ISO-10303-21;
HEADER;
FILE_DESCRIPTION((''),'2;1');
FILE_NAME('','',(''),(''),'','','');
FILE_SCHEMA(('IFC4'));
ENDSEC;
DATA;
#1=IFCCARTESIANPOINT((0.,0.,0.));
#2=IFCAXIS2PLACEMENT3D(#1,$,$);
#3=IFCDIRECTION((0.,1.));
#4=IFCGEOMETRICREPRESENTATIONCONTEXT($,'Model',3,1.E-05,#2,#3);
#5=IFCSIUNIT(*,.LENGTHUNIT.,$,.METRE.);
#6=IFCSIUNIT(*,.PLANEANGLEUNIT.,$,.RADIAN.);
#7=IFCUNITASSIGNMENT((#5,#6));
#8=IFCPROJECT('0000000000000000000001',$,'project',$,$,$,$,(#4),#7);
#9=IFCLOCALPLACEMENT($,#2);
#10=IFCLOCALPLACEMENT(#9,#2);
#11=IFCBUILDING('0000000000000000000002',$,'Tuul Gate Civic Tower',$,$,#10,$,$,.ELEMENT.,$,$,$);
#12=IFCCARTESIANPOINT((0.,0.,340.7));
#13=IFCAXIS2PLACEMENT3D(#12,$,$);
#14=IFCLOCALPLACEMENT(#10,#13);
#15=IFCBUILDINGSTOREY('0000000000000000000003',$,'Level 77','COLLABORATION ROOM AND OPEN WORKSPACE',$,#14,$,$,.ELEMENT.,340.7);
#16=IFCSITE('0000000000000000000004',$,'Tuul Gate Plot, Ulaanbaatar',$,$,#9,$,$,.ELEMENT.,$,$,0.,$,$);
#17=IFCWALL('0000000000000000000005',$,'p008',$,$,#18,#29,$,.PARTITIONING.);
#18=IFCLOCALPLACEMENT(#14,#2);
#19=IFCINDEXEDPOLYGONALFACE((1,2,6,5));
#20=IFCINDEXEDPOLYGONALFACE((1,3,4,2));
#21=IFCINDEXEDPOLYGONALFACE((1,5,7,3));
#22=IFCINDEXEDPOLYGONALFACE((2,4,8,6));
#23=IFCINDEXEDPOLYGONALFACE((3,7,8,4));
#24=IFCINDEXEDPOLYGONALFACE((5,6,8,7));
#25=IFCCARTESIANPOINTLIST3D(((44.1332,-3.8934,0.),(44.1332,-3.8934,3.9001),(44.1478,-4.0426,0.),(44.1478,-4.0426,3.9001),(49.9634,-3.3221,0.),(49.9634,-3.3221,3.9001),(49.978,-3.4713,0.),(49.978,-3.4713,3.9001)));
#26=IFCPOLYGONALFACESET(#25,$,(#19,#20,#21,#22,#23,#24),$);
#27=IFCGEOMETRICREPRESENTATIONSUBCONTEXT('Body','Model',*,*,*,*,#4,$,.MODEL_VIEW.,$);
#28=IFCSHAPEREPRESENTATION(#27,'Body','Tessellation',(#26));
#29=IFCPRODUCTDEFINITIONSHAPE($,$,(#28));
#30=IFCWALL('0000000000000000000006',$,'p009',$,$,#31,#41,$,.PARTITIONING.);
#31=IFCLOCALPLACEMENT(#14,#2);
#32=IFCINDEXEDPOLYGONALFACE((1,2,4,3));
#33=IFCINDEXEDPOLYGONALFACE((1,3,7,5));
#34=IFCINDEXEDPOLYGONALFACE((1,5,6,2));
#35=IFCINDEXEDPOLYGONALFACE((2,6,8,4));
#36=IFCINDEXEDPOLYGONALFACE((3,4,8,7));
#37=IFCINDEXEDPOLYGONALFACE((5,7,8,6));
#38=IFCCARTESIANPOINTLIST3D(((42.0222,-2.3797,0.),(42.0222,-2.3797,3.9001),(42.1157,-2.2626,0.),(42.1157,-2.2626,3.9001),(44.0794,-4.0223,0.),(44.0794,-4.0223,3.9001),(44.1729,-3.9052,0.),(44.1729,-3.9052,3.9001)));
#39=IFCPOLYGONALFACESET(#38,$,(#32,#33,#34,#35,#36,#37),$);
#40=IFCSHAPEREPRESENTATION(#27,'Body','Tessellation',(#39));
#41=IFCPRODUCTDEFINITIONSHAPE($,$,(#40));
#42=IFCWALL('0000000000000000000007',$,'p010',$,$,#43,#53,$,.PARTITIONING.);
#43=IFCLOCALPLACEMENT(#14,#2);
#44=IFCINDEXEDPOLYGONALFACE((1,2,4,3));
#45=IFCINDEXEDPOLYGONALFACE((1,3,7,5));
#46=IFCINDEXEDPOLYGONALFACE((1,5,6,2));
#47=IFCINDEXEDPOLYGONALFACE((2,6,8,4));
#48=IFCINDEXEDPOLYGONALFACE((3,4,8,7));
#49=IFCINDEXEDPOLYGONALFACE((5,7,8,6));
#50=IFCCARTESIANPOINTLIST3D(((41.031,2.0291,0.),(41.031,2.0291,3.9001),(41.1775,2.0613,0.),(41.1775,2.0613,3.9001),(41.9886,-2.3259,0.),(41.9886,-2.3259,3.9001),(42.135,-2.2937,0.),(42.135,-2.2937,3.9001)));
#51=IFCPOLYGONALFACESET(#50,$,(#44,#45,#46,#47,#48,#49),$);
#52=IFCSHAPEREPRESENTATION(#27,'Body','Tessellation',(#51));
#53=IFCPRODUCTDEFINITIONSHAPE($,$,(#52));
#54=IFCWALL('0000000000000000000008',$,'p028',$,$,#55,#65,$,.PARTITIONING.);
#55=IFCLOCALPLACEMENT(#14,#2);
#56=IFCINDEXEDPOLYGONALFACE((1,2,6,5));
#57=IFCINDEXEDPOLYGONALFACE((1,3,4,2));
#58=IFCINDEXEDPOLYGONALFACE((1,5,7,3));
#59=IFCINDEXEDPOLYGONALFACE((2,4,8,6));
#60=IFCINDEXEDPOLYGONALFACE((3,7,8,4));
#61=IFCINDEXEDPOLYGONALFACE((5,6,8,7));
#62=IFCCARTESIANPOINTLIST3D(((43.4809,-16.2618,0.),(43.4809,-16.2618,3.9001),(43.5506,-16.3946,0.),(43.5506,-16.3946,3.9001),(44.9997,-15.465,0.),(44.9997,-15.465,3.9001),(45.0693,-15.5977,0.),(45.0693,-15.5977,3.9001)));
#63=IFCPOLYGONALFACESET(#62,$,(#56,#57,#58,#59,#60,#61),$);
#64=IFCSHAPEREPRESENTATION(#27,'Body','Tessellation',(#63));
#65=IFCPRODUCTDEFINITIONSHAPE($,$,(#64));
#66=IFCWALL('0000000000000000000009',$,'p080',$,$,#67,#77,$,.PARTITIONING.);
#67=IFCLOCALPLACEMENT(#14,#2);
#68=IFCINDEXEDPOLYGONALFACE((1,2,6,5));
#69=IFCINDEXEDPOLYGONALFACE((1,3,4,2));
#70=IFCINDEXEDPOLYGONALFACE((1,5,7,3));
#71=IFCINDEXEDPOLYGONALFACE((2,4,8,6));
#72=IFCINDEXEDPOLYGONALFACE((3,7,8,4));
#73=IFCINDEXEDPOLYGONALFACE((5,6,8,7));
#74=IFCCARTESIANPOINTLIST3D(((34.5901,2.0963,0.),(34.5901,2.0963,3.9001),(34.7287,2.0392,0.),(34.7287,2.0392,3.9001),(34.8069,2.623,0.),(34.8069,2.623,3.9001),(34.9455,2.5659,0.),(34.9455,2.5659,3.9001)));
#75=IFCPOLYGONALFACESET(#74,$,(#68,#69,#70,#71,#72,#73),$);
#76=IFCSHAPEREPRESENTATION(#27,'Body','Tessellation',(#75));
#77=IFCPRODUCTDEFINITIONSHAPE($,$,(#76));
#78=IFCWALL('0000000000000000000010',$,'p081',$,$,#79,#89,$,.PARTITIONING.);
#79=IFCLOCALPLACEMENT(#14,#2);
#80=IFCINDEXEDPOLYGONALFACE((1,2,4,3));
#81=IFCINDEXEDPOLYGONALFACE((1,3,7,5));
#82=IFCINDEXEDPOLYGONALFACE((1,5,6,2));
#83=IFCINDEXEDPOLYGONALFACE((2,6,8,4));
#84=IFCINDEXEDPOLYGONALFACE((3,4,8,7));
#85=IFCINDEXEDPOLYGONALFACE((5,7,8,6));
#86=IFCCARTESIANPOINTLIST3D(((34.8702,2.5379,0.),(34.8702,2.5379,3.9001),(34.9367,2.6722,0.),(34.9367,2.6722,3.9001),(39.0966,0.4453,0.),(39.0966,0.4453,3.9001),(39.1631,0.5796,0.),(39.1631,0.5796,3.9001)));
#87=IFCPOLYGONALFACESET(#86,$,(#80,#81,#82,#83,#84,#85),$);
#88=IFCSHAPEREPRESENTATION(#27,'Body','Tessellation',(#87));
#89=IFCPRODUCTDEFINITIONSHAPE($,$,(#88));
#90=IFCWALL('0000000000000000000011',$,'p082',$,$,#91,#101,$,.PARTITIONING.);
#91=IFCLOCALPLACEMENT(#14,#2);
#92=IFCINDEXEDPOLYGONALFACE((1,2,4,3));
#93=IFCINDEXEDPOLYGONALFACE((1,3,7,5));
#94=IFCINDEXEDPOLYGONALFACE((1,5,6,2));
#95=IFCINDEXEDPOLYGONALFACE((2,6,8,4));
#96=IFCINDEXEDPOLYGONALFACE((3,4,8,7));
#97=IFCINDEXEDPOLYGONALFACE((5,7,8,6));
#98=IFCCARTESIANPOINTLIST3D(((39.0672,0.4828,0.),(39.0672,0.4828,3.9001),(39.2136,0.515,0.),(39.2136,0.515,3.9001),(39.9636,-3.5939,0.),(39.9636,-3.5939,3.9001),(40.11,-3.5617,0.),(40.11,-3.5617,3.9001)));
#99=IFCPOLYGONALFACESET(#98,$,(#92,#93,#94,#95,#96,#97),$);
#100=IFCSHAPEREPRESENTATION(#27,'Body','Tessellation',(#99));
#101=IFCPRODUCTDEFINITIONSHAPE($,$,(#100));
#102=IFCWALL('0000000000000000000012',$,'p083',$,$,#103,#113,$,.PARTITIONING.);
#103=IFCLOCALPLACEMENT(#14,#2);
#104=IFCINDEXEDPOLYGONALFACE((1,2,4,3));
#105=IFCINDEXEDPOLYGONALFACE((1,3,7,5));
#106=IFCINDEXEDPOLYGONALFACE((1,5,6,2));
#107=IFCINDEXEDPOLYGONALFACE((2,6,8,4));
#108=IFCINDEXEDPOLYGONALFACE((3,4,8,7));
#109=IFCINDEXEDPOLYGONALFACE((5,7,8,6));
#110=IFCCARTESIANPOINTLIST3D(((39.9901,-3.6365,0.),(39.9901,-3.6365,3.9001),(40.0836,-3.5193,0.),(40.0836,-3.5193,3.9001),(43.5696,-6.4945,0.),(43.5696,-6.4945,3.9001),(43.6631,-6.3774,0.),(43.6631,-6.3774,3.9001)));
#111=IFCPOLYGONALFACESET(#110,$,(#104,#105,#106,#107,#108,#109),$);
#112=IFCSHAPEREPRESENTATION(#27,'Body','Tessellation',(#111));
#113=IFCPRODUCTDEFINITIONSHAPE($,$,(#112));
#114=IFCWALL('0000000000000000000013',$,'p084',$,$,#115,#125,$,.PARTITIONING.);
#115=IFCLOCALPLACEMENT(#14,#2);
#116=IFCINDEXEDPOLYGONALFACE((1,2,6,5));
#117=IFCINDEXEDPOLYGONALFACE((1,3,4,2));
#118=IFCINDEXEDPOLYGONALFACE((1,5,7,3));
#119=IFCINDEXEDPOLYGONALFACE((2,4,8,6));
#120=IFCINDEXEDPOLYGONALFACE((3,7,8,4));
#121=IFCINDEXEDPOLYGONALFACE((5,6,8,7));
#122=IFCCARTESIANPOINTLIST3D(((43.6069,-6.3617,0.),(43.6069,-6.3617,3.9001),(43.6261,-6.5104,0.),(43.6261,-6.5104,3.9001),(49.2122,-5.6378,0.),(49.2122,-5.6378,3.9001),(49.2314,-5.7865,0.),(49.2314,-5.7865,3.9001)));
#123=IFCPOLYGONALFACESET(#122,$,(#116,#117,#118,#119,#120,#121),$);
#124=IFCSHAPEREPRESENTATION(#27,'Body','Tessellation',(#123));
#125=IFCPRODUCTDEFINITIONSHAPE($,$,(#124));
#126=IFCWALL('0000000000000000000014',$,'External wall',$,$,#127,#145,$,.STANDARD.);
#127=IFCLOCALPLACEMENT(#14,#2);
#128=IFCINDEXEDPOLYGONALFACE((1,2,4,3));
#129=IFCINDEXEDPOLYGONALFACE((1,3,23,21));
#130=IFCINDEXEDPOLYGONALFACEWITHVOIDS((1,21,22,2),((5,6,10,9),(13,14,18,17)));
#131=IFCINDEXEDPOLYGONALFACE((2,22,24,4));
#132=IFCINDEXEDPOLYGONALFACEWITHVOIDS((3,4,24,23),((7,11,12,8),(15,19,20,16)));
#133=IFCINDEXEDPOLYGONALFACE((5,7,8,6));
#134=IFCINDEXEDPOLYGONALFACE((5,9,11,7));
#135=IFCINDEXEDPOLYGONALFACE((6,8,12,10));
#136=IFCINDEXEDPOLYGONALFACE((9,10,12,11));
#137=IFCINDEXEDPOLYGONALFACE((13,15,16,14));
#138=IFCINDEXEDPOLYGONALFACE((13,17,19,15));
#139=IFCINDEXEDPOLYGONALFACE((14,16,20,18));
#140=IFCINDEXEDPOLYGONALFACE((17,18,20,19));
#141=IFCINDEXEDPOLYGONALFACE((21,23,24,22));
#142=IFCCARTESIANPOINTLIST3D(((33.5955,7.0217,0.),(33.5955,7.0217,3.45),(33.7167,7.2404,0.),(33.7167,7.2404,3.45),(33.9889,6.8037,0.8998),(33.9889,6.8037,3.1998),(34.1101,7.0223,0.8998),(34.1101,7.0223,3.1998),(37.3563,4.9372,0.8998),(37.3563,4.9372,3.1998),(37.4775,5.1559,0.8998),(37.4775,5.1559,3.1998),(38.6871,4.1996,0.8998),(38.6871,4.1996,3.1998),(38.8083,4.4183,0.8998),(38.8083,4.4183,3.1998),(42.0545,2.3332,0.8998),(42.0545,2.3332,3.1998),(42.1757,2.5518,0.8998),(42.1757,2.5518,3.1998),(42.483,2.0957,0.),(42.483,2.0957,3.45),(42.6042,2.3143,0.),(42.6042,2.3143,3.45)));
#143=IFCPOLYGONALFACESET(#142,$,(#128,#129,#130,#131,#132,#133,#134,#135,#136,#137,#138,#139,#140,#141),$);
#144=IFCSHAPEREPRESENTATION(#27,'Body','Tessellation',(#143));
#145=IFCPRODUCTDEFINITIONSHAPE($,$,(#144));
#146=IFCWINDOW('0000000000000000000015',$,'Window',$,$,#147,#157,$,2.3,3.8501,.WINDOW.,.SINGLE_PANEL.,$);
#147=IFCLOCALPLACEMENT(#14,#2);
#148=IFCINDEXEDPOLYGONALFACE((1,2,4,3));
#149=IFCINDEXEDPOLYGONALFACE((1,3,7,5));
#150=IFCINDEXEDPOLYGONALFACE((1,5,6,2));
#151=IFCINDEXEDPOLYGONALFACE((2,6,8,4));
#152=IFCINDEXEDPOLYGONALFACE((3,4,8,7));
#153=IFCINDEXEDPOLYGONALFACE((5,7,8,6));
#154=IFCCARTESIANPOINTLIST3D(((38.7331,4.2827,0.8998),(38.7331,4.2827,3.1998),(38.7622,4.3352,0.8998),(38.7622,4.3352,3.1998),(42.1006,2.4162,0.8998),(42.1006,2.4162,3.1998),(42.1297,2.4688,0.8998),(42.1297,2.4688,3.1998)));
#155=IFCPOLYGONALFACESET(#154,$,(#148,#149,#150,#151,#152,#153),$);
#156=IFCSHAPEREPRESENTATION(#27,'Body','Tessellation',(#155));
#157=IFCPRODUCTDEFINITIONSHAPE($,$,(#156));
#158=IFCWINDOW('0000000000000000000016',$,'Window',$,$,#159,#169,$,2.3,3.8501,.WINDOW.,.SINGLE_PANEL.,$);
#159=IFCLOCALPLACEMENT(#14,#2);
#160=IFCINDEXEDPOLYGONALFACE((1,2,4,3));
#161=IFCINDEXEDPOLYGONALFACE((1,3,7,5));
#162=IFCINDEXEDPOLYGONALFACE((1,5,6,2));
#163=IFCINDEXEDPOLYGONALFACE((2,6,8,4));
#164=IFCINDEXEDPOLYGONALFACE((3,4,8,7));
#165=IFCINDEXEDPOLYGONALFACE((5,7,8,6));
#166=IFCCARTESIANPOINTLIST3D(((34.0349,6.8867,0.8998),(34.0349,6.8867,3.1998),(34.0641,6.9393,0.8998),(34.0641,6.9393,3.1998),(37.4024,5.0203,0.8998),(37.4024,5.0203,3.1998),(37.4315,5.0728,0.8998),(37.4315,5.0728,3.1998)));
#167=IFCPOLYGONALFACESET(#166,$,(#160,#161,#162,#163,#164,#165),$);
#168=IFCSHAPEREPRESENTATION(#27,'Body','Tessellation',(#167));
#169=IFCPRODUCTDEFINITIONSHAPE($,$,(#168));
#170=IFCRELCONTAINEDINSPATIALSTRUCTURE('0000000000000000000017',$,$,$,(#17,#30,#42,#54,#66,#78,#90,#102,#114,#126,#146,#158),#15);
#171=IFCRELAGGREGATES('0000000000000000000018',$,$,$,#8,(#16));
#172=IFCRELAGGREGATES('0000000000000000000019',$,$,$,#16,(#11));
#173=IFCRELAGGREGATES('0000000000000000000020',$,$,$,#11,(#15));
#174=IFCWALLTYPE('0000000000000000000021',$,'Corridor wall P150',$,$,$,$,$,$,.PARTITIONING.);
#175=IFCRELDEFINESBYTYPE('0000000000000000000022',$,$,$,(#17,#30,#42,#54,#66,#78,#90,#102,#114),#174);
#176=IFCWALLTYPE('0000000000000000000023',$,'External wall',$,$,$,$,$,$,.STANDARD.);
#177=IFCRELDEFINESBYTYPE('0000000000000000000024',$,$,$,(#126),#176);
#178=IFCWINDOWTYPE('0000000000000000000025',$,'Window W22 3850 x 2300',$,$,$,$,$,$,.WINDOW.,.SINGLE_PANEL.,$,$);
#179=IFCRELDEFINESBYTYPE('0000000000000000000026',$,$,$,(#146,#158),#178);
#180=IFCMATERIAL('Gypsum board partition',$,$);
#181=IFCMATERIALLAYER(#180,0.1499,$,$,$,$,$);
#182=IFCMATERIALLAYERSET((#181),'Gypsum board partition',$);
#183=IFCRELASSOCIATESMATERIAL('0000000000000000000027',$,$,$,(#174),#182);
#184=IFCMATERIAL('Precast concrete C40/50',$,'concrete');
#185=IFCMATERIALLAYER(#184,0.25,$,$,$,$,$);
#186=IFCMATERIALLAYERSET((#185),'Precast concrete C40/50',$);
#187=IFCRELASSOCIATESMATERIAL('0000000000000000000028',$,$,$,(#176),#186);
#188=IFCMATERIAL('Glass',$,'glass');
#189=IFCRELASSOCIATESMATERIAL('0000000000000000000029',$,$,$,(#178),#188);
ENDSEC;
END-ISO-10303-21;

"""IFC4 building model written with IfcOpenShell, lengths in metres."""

from ifc_helpers import new_model, si_unit, direction, frame, frame_2d, origin, place, context, subcontext, project, spatial, rectangle, extrude, material, layer, layer_set, type_object, element, fill, save


model = new_model("IFC4")

# Units and contexts
model_context = context("Model", 3, precision=1e-05, world=origin(), true_north=direction((0.0, 1.0)))
body_context = subcontext(model_context, "Body", "Model", "MODEL_VIEW")
ifc_project = project(units=[si_unit("LENGTHUNIT", "METRE"), si_unit("PLANEANGLEUNIT", "RADIAN")], contexts=[model_context])

# Site, building, storey
site_placement = place(None, origin())
site = spatial("IfcSite", under=ifc_project, at=site_placement, Name="Tuul Gate Plot, Ulaanbaatar", CompositionType="ELEMENT", RefElevation=0.0)
building_placement = place(site_placement, origin())
building = spatial("IfcBuilding", under=site, at=building_placement, Name="Tuul Gate Civic Tower", CompositionType="ELEMENT")
storey_placement = place(building_placement, frame((0.0, 0.0, 340.7)))
storey = spatial("IfcBuildingStorey", under=building, at=storey_placement, Name="Level 77", Description="COLLABORATION ROOM AND OPEN WORKSPACE", CompositionType="ELEMENT", Elevation=340.7)

# Walls
ifc_material_1 = material(Name="Gypsum board partition")
ifc_layer_1 = layer(ifc_material_1, 0.1499)
ifc_layer_set_1 = layer_set([ifc_layer_1], Name="Gypsum board partition")
wall_type_1 = type_object("IfcWallType", Name="Corridor wall P150", PredefinedType="PARTITIONING", material=ifc_layer_set_1)
wall_1_placement = place(storey_placement, frame((44.1404, -3.968, 0.0), z_axis=(0.0, 0.0, 1.0), x_axis=(0.995234, 0.097519, 0.0)))
element("IfcWall", 1, at=wall_1_placement, inside=storey, type_object=wall_type_1, Name="p008", PredefinedType="PARTITIONING", context=body_context, shape_type="SweptSolid", body=[
    extrude(rectangle(XDim=5.8582, YDim=0.1499, at=frame_2d((2.9292, 0.0))), origin(), (0.0, 0.0, 1.0), 3.9001),
])
wall_2_placement = place(storey_placement, frame((42.0688, -2.321, 0.0), z_axis=(0.0, 0.0, 1.0), x_axis=(0.781448, -0.623971, 0.0)))
element("IfcWall", 2, at=wall_2_placement, inside=storey, type_object=wall_type_1, Name="p009", PredefinedType="PARTITIONING", context=body_context, shape_type="SweptSolid", body=[
    extrude(rectangle(XDim=2.6326, YDim=0.1499, at=frame_2d((1.3164, 0.0))), origin(), (0.0, 0.0, 1.0), 3.9001),
])
wall_3_placement = place(storey_placement, frame((41.1042, 2.0452, 0.0), z_axis=(0.0, 0.0, 1.0), x_axis=(0.214739, -0.976672, 0.0)))
element("IfcWall", 3, at=wall_3_placement, inside=storey, type_object=wall_type_1, Name="p010", PredefinedType="PARTITIONING", context=body_context, shape_type="SweptSolid", body=[
    extrude(rectangle(XDim=4.459, YDim=0.1499, at=frame_2d((2.2295, 0.0))), origin(), (0.0, 0.0, 1.0), 3.9001),
])
wall_4_placement = place(storey_placement, frame((43.5159, -16.3281, 0.0), z_axis=(0.0, 0.0, 1.0), x_axis=(0.885517, 0.464608, 0.0)))
element("IfcWall", 4, at=wall_4_placement, inside=storey, type_object=wall_type_1, Name="p028", PredefinedType="PARTITIONING", context=body_context, shape_type="SweptSolid", body=[
    extrude(rectangle(XDim=1.7151, YDim=0.1499, at=frame_2d((0.8574, 0.0))), origin(), (0.0, 0.0, 1.0), 3.9001),
])
wall_5_placement = place(storey_placement, frame((34.6594, 2.0679, 0.0), z_axis=(0.0, 0.0, 1.0), x_axis=(0.380685, 0.924705, 0.0)))
element("IfcWall", 5, at=wall_5_placement, inside=storey, type_object=wall_type_1, Name="p080", PredefinedType="PARTITIONING", context=body_context, shape_type="SweptSolid", body=[
    extrude(rectangle(XDim=0.5696, YDim=0.1499, at=frame_2d((0.2847, 0.0))), origin(), (0.0, 0.0, 1.0), 3.9001),
])
wall_6_placement = place(storey_placement, frame((34.9036, 2.605, 0.0), z_axis=(0.0, 0.0, 1.0), x_axis=(0.89617, -0.443711, 0.0)))
element("IfcWall", 6, at=wall_6_placement, inside=storey, type_object=wall_type_1, Name="p081", PredefinedType="PARTITIONING", context=body_context, shape_type="SweptSolid", body=[
    extrude(rectangle(XDim=4.7161, YDim=0.1499, at=frame_2d((2.3579, 0.0))), origin(), (0.0, 0.0, 1.0), 3.9001),
])
wall_7_placement = place(storey_placement, frame((39.1404, 0.4988, 0.0), z_axis=(0.0, 0.0, 1.0), x_axis=(0.214775, -0.976664, 0.0)))
element("IfcWall", 7, at=wall_7_placement, inside=storey, type_object=wall_type_1, Name="p082", PredefinedType="PARTITIONING", context=body_context, shape_type="SweptSolid", body=[
    extrude(rectangle(XDim=4.1741, YDim=0.1499, at=frame_2d((2.0869, 0.0))), origin(), (0.0, 0.0, 1.0), 3.9001),
])
wall_8_placement = place(storey_placement, frame((40.0369, -3.5779, 0.0), z_axis=(0.0, 0.0, 1.0), x_axis=(0.781456, -0.62396, 0.0)))
element("IfcWall", 8, at=wall_8_placement, inside=storey, type_object=wall_type_1, Name="p083", PredefinedType="PARTITIONING", context=body_context, shape_type="SweptSolid", body=[
    extrude(rectangle(XDim=4.5806, YDim=0.1499, at=frame_2d((2.2903, 0.0))), origin(), (0.0, 0.0, 1.0), 3.9001),
])
wall_9_placement = place(storey_placement, frame((43.6165, -6.436, 0.0), z_axis=(0.0, 0.0, 1.0), x_axis=(0.991764, 0.12808, 0.0)))
element("IfcWall", 9, at=wall_9_placement, inside=storey, type_object=wall_type_1, Name="p084", PredefinedType="PARTITIONING", context=body_context, shape_type="SweptSolid", body=[
    extrude(rectangle(XDim=5.6519, YDim=0.1499, at=frame_2d((2.8259, 0.0))), origin(), (0.0, 0.0, 1.0), 3.9001),
])

# Wall, openings, windows
ifc_material_2 = material(Name="Precast concrete C40/50", Category="concrete")
ifc_layer_2 = layer(ifc_material_2, 0.25)
ifc_layer_set_2 = layer_set([ifc_layer_2], Name="Precast concrete C40/50")
wall_type_2 = type_object("IfcWallType", Name="External wall", PredefinedType="STANDARD", material=ifc_layer_set_2)
wall_10_placement = place(storey_placement, frame((42.5435, 2.2051, 0.0), z_axis=(0.0, 0.0, 1.0), x_axis=(-0.874635, 0.484782, 0.0)))
wall_10 = element("IfcWall", 10, at=wall_10_placement, inside=storey, type_object=wall_type_2, Name="External wall", PredefinedType="STANDARD", context=body_context, shape_type="SweptSolid", body=[
    extrude(rectangle(XDim=10.1614, YDim=0.25, at=frame_2d((5.0806, 0.0))), origin(), (0.0, 0.0, 1.0), 3.45),
])
opening_1_placement = place(wall_10_placement, frame((0.4897, 0.0, 0.8999)))
opening_1 = element("IfcOpeningElement", 11, at=opening_1_placement, cuts=wall_10, PredefinedType="OPENING", context=body_context, shape_type="SweptSolid", body=[
    extrude(rectangle(XDim=3.8501, YDim=2.3, at=frame_2d((1.925, 1.1499))), frame((0.0, 0.135, 0.0), z_axis=(0.0, -1.0, 0.0), x_axis=(1.0, 0.0, 0.0)), (0.0, 0.0, 1.0), 0.27),
])
opening_2_placement = place(wall_10_placement, frame((5.8613, 0.0, 0.8999)))
opening_2 = element("IfcOpeningElement", 12, at=opening_2_placement, cuts=wall_10, PredefinedType="OPENING", context=body_context, shape_type="SweptSolid", body=[
    extrude(rectangle(XDim=3.8501, YDim=2.3, at=frame_2d((1.925, 1.1499))), frame((0.0, 0.135, 0.0), z_axis=(0.0, -1.0, 0.0), x_axis=(1.0, 0.0, 0.0)), (0.0, 0.0, 1.0), 0.27),
])
ifc_material_3 = material(Name="Glass", Category="glass")
window_type = type_object("IfcWindowType", Name="Window W22 3850 x 2300", PartitioningType="SINGLE_PANEL", PredefinedType="WINDOW", material=ifc_material_3)
window_1_placement = place(opening_1_placement, origin())
window_1 = element("IfcWindow", 13, at=window_1_placement, inside=storey, type_object=window_type, Name="Window", OverallHeight=2.3, OverallWidth=3.8501, PartitioningType="SINGLE_PANEL", PredefinedType="WINDOW", context=body_context, shape_type="SweptSolid", body=[
    extrude(rectangle(XDim=3.8501, YDim=2.3, at=frame_2d((1.925, 1.1499))), frame((0.0, 0.03, 0.0), z_axis=(0.0, -1.0, 0.0), x_axis=(1.0, 0.0, 0.0)), (0.0, 0.0, 1.0), 0.0601),
])
fill(opening_1, window_1)
window_2_placement = place(opening_2_placement, origin())
window_2 = element("IfcWindow", 14, at=window_2_placement, inside=storey, type_object=window_type, Name="Window", OverallHeight=2.3, OverallWidth=3.8501, PartitioningType="SINGLE_PANEL", PredefinedType="WINDOW", context=body_context, shape_type="SweptSolid", body=[
    extrude(rectangle(XDim=3.8501, YDim=2.3, at=frame_2d((1.925, 1.1499))), frame((0.0, 0.03, 0.0), z_axis=(0.0, -1.0, 0.0), x_axis=(1.0, 0.0, 0.0)), (0.0, 0.0, 1.0), 0.0601),
])
fill(opening_2, window_2)

save(model, "model.ifc")
